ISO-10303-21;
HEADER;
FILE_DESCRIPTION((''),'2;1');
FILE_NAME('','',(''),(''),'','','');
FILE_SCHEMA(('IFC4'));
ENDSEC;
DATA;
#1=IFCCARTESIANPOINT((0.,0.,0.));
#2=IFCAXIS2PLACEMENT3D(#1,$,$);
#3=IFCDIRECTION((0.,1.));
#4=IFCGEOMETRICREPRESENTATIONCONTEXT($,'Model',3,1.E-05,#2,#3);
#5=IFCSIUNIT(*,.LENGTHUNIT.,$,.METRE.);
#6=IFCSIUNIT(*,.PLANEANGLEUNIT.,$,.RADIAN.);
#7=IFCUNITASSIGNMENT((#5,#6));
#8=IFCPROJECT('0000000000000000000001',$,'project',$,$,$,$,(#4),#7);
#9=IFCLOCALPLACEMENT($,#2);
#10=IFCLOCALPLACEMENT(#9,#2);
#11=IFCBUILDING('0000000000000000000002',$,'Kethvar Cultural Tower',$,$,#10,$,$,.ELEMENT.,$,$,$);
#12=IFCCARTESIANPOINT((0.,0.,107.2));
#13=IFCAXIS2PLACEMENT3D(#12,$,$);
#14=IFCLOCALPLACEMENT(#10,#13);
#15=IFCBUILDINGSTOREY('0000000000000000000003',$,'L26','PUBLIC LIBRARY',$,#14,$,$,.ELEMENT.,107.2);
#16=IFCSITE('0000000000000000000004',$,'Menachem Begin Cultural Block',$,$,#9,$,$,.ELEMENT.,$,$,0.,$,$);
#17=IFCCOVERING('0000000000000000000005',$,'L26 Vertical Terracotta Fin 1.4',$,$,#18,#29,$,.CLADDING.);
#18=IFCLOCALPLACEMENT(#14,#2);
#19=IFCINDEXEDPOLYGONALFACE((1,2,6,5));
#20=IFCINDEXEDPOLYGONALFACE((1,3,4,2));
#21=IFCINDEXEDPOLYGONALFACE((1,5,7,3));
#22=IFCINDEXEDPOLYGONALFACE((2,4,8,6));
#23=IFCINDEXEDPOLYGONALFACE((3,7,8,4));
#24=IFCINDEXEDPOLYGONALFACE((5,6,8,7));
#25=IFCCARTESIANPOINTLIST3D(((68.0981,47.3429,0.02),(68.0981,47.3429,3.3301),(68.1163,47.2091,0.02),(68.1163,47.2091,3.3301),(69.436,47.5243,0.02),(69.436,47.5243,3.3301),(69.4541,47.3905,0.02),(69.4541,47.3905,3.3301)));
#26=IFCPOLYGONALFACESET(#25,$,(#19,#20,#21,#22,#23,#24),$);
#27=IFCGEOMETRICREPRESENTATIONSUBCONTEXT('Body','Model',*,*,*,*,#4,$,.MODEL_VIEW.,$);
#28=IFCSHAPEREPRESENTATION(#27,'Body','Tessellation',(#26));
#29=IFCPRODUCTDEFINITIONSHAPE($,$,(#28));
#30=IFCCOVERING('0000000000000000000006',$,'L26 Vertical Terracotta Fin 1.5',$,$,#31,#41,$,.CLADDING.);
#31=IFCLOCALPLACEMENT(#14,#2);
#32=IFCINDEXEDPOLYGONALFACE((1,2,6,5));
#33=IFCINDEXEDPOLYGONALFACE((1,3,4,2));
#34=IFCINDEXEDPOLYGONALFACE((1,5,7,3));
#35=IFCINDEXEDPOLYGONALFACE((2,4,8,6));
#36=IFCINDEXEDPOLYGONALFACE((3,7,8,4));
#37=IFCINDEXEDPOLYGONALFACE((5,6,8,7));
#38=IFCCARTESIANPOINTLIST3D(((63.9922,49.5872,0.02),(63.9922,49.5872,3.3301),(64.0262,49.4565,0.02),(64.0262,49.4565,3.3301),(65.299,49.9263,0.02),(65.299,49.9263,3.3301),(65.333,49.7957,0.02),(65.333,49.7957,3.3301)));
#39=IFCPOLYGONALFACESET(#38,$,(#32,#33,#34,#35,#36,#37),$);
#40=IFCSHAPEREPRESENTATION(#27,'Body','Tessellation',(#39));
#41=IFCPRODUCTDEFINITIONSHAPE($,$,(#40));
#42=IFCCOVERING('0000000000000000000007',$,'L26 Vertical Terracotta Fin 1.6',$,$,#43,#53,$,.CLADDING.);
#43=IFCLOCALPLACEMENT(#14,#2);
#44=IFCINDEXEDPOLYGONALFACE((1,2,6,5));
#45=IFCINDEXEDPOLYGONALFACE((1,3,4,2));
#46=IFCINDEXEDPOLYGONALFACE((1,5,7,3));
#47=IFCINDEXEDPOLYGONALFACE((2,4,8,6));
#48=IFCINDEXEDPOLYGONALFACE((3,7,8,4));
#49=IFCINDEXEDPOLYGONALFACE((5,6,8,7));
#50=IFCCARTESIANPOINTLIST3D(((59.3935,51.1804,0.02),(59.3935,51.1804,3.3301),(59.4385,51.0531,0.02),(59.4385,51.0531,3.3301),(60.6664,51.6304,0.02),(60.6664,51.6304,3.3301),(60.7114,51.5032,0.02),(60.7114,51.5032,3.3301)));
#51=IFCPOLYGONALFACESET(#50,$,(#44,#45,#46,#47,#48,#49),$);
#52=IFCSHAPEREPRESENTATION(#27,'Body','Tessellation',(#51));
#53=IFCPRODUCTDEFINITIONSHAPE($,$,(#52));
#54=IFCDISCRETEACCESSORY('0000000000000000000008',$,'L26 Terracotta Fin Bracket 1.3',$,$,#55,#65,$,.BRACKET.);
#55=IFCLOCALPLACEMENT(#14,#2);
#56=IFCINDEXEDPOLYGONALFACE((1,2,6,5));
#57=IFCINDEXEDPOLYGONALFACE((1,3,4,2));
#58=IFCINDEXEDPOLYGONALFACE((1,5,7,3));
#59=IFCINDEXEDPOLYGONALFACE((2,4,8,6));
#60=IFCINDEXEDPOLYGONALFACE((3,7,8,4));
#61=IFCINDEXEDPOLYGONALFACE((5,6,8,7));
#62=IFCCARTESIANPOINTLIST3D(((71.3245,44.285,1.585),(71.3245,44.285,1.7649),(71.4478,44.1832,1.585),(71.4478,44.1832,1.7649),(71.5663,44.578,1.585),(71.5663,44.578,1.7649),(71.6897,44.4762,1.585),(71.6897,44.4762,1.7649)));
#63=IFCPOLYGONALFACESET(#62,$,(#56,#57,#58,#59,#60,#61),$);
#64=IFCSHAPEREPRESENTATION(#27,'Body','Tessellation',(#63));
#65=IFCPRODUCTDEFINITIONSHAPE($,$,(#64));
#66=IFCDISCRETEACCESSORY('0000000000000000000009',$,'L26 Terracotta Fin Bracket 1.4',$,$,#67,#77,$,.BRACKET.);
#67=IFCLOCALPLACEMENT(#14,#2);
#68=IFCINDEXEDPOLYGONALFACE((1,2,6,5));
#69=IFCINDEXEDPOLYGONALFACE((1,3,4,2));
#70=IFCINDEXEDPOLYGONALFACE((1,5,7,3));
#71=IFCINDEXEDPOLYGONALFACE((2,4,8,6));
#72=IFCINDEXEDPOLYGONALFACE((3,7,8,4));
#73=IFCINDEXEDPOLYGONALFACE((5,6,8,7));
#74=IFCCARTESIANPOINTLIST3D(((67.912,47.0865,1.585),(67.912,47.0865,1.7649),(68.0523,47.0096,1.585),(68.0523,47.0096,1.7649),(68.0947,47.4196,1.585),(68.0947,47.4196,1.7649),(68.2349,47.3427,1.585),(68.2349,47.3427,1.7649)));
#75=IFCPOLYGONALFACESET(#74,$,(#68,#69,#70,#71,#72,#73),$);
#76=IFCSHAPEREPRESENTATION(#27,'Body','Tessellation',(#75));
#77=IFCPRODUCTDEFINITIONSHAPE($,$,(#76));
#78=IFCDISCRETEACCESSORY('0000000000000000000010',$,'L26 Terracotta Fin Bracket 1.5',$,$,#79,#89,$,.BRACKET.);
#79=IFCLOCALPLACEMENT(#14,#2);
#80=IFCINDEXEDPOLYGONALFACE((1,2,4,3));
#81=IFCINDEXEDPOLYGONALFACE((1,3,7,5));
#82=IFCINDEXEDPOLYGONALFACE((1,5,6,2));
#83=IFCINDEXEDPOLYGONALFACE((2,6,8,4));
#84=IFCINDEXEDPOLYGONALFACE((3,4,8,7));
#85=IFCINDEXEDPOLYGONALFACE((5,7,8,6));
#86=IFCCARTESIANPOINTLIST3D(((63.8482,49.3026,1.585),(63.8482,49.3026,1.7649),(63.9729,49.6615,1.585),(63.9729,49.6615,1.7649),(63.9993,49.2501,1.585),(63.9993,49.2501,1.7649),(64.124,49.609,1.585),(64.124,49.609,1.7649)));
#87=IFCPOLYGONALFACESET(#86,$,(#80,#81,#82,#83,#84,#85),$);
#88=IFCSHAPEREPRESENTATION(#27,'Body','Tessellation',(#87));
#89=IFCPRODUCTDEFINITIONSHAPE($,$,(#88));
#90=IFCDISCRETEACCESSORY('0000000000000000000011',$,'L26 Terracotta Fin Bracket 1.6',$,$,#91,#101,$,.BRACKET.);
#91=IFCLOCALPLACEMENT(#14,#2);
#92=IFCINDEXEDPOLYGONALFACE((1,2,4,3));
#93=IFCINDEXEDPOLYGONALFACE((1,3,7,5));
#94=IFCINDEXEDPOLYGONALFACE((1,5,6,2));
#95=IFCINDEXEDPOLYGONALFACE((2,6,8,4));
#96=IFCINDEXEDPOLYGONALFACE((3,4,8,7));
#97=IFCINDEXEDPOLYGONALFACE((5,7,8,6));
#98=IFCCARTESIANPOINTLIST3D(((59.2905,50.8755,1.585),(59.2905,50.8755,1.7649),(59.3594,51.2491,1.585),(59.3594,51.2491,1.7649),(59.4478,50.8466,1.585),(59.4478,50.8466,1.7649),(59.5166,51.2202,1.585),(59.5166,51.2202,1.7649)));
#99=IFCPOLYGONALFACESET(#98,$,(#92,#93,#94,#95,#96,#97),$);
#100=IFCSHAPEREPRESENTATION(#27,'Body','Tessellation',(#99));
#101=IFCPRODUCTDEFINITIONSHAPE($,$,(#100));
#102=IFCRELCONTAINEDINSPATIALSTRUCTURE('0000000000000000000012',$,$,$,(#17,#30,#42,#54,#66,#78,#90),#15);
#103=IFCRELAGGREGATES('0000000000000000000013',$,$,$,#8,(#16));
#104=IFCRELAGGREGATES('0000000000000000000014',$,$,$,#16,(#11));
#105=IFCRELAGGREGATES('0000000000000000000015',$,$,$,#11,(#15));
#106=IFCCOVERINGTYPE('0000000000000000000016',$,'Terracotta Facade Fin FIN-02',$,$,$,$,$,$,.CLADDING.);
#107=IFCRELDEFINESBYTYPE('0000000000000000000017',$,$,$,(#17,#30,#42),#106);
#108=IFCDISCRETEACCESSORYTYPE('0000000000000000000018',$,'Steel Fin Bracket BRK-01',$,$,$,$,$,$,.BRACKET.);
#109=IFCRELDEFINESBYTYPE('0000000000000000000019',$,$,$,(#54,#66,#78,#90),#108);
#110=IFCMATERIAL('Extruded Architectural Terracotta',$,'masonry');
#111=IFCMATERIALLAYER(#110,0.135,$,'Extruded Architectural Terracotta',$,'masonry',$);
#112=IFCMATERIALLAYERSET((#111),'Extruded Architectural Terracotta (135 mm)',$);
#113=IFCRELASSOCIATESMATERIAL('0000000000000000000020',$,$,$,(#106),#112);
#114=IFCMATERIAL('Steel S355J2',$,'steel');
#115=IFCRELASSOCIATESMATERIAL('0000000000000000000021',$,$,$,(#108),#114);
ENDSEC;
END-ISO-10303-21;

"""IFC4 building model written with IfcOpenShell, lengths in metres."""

from ifc_helpers import new_model, si_unit, direction, frame, origin, origin_2d, place, context, subcontext, project, spatial, rectangle, extrude, source, transform, mapped, material, layer, layer_set, type_object, element, save


model = new_model("IFC4")

# Units and contexts
model_context = context("Model", 3, precision=1e-05, world=origin(), true_north=direction((0.0, 1.0)))
body_context = subcontext(model_context, "Body", "Model", "MODEL_VIEW")
ifc_project = project(units=[si_unit("LENGTHUNIT", "METRE"), si_unit("PLANEANGLEUNIT", "RADIAN")], contexts=[model_context])

# Site, building, storey
site_placement = place(None, origin())
site = spatial("IfcSite", under=ifc_project, at=site_placement, Name="Menachem Begin Cultural Block", CompositionType="ELEMENT", RefElevation=0.0)
building_placement = place(site_placement, origin())
building = spatial("IfcBuilding", under=site, at=building_placement, Name="Kethvar Cultural Tower", CompositionType="ELEMENT")
storey_placement = place(building_placement, frame((0.0, 0.0, 107.2)))
storey = spatial("IfcBuildingStorey", under=building, at=storey_placement, Name="L26", Description="PUBLIC LIBRARY", CompositionType="ELEMENT", Elevation=107.2)

# Shared definitions
ifc_material_1 = material(Name="Steel S355J2", Category="steel")

# Coverings
ifc_material_2 = material(Name="Extruded Architectural Terracotta", Category="masonry")
ifc_layer_1 = layer(ifc_material_2, 0.135, Name="Extruded Architectural Terracotta", Category="masonry")
ifc_layer_set_1 = layer_set([ifc_layer_1], Name="Extruded Architectural Terracotta (135 mm)")
covering_type = type_object("IfcCoveringType", Name="Terracotta Facade Fin FIN-02", PredefinedType="CLADDING", material=ifc_layer_set_1)
shared_shape_1 = source(origin(), body_context, "Body", "SweptSolid", [
    extrude(rectangle(XDim=1.3501, YDim=0.135, at=origin_2d()), origin(), (0.0, 0.0, 1.0), 3.3101),
])
for number, where, z_axis, x_axis, name in (
    (1, (68.7761, 47.3667, 0.02), (0.0, 0.0, 1.0), (0.990936, 0.134332, 0.0), "L26 Vertical Terracotta Fin 1.4"),
    (2, (64.6626, 49.6914, 0.02), (0.0, 0.0, 1.0), (0.967929, 0.251225, 0.0), "L26 Vertical Terracotta Fin 1.5"),
    (3, (60.0525, 51.3418, 0.02), (0.0, 0.0, 1.0), (0.942816, 0.333313, 0.0), "L26 Vertical Terracotta Fin 1.6"),
):
    element("IfcCovering", number, at=place(storey_placement, frame(where, z_axis=z_axis, x_axis=x_axis)), inside=storey, type_object=covering_type, Name=name, PredefinedType="CLADDING", context=body_context, shape_type="MappedRepresentation", body=[
        mapped(shared_shape_1, transform((0.0, 0.0, 0.0), scale=1.0)),
    ])

# Discrete accessories
discrete_accessory_type = type_object("IfcDiscreteAccessoryType", Name="Steel Fin Bracket BRK-01", PredefinedType="BRACKET", material=ifc_material_1)
shared_shape_2 = source(origin(), body_context, "Body", "SweptSolid", [
    extrude(rectangle(XDim=0.3799, YDim=0.1599, at=origin_2d()), origin(), (0.0, 0.0, 1.0), 0.1799),
])
for number, where, z_axis, x_axis, name in (
    (4, (71.5071, 44.3806, 1.585), (0.0, 0.0, 1.0), (0.636617, 0.77118, 0.0), "L26 Terracotta Fin Bracket 1.3"),
    (5, (68.0735, 47.2146, 1.585), (0.0, 0.0, 1.0), (0.480836, 0.876811, 0.0), "L26 Terracotta Fin Bracket 1.4"),
    (6, (63.9861, 49.4558, 1.585), (0.0, 0.0, 1.0), (0.328207, 0.944606, 0.0), "L26 Terracotta Fin Bracket 1.5"),
    (7, (59.4036, 51.0479, 1.585), (0.0, 0.0, 1.0), (0.181206, 0.983445, 0.0), "L26 Terracotta Fin Bracket 1.6"),
):
    element("IfcDiscreteAccessory", number, at=place(storey_placement, frame(where, z_axis=z_axis, x_axis=x_axis)), inside=storey, type_object=discrete_accessory_type, Name=name, PredefinedType="BRACKET", context=body_context, shape_type="MappedRepresentation", body=[
        mapped(shared_shape_2, transform((0.0, 0.0, 0.0), scale=1.0)),
    ])

save(model, "model.ifc")
